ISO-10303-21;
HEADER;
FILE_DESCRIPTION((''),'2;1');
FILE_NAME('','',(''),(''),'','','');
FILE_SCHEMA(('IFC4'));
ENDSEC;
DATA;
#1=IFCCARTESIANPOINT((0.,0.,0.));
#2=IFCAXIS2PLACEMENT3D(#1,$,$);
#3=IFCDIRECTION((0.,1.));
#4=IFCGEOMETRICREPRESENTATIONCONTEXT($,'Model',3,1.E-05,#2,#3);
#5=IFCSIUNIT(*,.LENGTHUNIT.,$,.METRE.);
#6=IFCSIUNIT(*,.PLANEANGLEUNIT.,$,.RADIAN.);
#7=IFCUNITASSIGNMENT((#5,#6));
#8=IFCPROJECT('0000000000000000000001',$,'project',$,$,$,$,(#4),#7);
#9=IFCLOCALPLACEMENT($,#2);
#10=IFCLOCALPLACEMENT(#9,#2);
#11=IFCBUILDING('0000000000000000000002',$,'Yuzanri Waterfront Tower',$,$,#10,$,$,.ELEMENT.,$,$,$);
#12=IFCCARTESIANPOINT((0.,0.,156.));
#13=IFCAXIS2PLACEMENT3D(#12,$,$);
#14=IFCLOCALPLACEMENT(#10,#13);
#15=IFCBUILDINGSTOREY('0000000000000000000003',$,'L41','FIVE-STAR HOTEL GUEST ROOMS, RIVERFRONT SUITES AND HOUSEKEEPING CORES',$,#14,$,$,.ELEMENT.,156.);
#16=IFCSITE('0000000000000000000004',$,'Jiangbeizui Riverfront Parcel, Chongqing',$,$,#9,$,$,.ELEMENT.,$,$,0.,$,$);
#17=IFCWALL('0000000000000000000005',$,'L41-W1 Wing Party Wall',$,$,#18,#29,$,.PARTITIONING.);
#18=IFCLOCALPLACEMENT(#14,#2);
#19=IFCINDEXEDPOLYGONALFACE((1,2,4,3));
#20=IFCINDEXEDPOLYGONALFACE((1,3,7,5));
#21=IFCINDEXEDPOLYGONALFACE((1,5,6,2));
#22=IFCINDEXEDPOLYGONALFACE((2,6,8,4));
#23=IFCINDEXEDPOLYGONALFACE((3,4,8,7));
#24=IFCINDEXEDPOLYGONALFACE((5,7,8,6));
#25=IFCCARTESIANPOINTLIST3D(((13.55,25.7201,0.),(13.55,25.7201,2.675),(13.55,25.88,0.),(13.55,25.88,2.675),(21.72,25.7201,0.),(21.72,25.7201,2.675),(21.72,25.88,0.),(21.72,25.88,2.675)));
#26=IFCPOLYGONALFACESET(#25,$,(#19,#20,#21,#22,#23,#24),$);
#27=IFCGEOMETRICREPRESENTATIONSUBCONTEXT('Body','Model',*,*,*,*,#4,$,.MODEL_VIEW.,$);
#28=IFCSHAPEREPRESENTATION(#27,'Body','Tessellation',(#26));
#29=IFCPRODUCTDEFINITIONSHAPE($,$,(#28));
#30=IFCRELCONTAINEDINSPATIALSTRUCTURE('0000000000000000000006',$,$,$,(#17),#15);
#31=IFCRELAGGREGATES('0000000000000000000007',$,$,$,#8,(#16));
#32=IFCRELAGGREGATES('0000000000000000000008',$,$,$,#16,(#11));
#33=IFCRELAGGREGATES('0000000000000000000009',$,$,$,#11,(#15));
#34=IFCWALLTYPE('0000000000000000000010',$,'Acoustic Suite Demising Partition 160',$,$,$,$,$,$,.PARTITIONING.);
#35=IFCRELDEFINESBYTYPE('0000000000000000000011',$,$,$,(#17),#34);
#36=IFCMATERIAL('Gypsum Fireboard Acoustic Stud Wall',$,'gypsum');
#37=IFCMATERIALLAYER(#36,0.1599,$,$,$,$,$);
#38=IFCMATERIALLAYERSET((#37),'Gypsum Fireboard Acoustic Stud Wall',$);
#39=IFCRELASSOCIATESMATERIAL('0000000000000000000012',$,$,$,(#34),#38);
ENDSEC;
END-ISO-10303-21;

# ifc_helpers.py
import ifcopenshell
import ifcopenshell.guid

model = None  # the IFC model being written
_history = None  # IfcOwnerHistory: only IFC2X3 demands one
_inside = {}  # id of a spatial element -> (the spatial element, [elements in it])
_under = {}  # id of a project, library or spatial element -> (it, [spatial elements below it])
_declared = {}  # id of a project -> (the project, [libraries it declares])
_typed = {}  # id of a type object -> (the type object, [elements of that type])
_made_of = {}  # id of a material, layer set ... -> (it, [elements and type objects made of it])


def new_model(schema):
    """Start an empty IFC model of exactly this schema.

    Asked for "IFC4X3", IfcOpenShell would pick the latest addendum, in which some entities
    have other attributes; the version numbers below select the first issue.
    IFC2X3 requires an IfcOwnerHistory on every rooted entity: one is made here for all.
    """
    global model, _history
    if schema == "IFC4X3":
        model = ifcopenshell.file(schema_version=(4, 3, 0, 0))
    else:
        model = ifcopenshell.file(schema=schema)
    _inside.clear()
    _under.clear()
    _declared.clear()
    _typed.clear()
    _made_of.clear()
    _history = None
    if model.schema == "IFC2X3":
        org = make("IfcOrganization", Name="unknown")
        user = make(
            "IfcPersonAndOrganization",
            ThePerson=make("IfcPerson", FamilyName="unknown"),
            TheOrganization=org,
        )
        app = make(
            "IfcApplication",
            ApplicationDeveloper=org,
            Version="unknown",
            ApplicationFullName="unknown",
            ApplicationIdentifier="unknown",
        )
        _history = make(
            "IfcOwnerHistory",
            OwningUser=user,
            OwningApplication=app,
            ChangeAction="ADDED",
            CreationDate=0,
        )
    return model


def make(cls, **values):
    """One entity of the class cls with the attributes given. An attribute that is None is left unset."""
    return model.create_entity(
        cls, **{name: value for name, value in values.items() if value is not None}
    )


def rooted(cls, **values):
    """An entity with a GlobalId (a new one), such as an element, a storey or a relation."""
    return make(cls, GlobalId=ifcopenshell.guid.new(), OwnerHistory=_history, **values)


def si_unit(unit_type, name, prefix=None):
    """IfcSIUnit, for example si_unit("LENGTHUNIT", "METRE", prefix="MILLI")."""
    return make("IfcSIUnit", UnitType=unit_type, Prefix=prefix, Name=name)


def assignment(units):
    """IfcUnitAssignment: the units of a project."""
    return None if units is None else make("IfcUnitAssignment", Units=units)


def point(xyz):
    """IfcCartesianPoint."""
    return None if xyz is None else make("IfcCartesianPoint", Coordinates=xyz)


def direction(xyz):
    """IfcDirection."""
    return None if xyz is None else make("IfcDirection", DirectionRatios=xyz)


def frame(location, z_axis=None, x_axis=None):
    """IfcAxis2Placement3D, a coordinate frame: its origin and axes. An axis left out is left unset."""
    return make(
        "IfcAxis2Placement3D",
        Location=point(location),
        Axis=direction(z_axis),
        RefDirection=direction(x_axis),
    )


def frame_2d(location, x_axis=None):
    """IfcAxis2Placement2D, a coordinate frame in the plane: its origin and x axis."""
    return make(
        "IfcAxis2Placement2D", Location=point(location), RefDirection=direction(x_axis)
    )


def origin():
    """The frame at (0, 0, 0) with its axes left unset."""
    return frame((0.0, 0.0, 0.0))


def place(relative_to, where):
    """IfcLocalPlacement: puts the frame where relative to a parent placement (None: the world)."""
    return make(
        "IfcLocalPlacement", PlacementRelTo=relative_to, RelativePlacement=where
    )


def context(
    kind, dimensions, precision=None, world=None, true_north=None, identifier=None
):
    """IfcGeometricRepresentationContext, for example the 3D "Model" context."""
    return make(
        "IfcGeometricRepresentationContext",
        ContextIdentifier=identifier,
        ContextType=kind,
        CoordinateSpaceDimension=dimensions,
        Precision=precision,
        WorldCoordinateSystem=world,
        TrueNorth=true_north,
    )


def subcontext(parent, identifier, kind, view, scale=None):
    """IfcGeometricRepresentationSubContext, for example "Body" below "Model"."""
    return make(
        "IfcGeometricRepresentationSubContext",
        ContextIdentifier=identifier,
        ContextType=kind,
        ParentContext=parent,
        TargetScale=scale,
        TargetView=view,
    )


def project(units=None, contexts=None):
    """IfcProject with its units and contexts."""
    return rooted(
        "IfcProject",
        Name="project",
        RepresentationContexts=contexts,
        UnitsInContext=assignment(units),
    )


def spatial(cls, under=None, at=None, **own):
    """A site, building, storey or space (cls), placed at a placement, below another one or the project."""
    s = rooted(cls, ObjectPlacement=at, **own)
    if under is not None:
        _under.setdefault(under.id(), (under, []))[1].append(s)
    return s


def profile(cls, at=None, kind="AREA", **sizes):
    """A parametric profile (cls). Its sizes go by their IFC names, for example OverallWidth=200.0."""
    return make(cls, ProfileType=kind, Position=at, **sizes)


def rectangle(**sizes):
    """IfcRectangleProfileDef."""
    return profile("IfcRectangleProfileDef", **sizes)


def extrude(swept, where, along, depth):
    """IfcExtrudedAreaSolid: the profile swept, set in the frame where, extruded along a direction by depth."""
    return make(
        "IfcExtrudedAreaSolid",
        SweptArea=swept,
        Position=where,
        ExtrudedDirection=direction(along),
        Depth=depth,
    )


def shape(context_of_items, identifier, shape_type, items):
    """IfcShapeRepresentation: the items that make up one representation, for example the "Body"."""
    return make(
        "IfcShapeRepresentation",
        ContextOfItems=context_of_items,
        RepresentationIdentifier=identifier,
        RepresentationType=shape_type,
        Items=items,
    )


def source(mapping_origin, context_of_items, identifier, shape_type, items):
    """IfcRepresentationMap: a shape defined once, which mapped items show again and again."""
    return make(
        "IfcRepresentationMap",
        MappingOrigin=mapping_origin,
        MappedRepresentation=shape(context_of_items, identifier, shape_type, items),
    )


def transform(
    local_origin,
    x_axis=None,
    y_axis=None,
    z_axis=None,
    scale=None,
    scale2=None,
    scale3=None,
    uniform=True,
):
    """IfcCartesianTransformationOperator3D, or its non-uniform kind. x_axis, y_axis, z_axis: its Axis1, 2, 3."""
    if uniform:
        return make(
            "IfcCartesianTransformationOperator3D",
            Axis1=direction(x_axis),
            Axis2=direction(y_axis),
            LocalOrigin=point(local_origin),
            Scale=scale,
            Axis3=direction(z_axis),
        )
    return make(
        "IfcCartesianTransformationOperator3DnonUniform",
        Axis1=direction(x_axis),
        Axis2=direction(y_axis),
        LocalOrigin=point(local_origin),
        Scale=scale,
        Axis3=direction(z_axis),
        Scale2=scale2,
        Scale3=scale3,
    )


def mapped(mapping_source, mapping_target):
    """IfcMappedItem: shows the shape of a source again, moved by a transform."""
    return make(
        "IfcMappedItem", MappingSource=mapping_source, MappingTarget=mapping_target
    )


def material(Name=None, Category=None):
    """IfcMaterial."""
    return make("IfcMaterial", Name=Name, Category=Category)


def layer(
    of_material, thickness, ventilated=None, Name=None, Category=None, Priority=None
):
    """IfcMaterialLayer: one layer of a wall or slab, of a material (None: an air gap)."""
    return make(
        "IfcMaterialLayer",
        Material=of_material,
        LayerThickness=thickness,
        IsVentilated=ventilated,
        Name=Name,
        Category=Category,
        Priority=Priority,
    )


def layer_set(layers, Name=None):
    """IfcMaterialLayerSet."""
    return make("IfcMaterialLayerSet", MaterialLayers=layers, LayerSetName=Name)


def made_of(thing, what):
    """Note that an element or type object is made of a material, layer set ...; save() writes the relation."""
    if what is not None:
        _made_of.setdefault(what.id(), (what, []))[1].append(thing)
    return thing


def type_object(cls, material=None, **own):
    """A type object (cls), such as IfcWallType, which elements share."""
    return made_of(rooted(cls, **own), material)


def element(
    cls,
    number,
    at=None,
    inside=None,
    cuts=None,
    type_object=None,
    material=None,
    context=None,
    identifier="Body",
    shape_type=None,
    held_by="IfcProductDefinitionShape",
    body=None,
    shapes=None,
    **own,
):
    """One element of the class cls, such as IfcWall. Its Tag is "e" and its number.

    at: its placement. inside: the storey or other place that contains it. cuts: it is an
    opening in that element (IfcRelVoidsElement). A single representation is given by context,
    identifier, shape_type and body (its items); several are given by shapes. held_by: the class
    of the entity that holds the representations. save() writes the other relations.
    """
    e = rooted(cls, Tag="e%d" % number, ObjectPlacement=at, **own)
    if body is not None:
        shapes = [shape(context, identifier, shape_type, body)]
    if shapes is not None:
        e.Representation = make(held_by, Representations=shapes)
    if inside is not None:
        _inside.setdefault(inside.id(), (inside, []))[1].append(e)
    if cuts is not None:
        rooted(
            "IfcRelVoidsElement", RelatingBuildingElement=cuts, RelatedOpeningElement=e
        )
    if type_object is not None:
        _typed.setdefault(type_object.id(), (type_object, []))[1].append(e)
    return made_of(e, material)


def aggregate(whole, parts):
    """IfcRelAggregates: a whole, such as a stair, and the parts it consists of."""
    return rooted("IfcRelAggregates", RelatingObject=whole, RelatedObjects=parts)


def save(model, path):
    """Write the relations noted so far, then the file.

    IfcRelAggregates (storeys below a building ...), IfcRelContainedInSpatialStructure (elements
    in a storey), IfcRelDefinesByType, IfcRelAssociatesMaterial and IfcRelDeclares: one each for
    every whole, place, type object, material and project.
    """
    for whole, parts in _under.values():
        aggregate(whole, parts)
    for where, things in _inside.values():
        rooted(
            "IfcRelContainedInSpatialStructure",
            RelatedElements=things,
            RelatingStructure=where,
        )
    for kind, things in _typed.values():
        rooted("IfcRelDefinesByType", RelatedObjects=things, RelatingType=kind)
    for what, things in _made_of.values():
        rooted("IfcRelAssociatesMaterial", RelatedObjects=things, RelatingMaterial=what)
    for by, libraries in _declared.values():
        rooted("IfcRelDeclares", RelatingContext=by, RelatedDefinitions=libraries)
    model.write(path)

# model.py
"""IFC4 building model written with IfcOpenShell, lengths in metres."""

from ifc_helpers import new_model, si_unit, direction, frame, frame_2d, origin, place, context, subcontext, project, spatial, rectangle, extrude, source, transform, mapped, material, layer, layer_set, type_object, element, save


model = new_model("IFC4")

# Units and contexts
model_context = context("Model", 3, precision=1e-05, world=origin(), true_north=direction((0.0, 1.0)))
body_context = subcontext(model_context, "Body", "Model", "MODEL_VIEW")
ifc_project = project(units=[si_unit("LENGTHUNIT", "METRE"), si_unit("PLANEANGLEUNIT", "RADIAN")], contexts=[model_context])

# Site, building, storey
site_placement = place(None, origin())
site = spatial("IfcSite", under=ifc_project, at=site_placement, Name="Jiangbeizui Riverfront Parcel, Chongqing", CompositionType="ELEMENT", RefElevation=0.0)
building_placement = place(site_placement, origin())
building = spatial("IfcBuilding", under=site, at=building_placement, Name="Yuzanri Waterfront Tower", CompositionType="ELEMENT")
storey_placement = place(building_placement, frame((0.0, 0.0, 156.0)))
storey = spatial("IfcBuildingStorey", under=building, at=storey_placement, Name="L41", Description="FIVE-STAR HOTEL GUEST ROOMS, RIVERFRONT SUITES AND HOUSEKEEPING CORES", CompositionType="ELEMENT", Elevation=156.0)

# Wall
ifc_material_1 = material(Name="Gypsum Fireboard Acoustic Stud Wall", Category="gypsum")
ifc_layer_1 = layer(ifc_material_1, 0.1599)
ifc_layer_set_1 = layer_set([ifc_layer_1], Name="Gypsum Fireboard Acoustic Stud Wall")
wall_type_1 = type_object("IfcWallType", Name="Acoustic Suite Demising Partition 160", PredefinedType="PARTITIONING", material=ifc_layer_set_1)
shared_shape_1 = source(origin(), body_context, "Body", "SweptSolid", [
    extrude(rectangle(XDim=8.1699, YDim=0.1599, at=frame_2d((4.085, 0.0))), origin(), (0.0, 0.0, 1.0), 2.675),
])
wall_1_placement = place(storey_placement, frame((13.55, 25.8, 0.0), z_axis=(0.0, 0.0, 1.0), x_axis=(1.0, 0.0, 0.0)))
element("IfcWall", 1, at=wall_1_placement, inside=storey, type_object=wall_type_1, Name="L41-W1 Wing Party Wall", PredefinedType="PARTITIONING", context=body_context, shape_type="MappedRepresentation", body=[
    mapped(shared_shape_1, transform((0.0, 0.0, 0.0), scale=1.0)),
])

save(model, "model.ifc")
